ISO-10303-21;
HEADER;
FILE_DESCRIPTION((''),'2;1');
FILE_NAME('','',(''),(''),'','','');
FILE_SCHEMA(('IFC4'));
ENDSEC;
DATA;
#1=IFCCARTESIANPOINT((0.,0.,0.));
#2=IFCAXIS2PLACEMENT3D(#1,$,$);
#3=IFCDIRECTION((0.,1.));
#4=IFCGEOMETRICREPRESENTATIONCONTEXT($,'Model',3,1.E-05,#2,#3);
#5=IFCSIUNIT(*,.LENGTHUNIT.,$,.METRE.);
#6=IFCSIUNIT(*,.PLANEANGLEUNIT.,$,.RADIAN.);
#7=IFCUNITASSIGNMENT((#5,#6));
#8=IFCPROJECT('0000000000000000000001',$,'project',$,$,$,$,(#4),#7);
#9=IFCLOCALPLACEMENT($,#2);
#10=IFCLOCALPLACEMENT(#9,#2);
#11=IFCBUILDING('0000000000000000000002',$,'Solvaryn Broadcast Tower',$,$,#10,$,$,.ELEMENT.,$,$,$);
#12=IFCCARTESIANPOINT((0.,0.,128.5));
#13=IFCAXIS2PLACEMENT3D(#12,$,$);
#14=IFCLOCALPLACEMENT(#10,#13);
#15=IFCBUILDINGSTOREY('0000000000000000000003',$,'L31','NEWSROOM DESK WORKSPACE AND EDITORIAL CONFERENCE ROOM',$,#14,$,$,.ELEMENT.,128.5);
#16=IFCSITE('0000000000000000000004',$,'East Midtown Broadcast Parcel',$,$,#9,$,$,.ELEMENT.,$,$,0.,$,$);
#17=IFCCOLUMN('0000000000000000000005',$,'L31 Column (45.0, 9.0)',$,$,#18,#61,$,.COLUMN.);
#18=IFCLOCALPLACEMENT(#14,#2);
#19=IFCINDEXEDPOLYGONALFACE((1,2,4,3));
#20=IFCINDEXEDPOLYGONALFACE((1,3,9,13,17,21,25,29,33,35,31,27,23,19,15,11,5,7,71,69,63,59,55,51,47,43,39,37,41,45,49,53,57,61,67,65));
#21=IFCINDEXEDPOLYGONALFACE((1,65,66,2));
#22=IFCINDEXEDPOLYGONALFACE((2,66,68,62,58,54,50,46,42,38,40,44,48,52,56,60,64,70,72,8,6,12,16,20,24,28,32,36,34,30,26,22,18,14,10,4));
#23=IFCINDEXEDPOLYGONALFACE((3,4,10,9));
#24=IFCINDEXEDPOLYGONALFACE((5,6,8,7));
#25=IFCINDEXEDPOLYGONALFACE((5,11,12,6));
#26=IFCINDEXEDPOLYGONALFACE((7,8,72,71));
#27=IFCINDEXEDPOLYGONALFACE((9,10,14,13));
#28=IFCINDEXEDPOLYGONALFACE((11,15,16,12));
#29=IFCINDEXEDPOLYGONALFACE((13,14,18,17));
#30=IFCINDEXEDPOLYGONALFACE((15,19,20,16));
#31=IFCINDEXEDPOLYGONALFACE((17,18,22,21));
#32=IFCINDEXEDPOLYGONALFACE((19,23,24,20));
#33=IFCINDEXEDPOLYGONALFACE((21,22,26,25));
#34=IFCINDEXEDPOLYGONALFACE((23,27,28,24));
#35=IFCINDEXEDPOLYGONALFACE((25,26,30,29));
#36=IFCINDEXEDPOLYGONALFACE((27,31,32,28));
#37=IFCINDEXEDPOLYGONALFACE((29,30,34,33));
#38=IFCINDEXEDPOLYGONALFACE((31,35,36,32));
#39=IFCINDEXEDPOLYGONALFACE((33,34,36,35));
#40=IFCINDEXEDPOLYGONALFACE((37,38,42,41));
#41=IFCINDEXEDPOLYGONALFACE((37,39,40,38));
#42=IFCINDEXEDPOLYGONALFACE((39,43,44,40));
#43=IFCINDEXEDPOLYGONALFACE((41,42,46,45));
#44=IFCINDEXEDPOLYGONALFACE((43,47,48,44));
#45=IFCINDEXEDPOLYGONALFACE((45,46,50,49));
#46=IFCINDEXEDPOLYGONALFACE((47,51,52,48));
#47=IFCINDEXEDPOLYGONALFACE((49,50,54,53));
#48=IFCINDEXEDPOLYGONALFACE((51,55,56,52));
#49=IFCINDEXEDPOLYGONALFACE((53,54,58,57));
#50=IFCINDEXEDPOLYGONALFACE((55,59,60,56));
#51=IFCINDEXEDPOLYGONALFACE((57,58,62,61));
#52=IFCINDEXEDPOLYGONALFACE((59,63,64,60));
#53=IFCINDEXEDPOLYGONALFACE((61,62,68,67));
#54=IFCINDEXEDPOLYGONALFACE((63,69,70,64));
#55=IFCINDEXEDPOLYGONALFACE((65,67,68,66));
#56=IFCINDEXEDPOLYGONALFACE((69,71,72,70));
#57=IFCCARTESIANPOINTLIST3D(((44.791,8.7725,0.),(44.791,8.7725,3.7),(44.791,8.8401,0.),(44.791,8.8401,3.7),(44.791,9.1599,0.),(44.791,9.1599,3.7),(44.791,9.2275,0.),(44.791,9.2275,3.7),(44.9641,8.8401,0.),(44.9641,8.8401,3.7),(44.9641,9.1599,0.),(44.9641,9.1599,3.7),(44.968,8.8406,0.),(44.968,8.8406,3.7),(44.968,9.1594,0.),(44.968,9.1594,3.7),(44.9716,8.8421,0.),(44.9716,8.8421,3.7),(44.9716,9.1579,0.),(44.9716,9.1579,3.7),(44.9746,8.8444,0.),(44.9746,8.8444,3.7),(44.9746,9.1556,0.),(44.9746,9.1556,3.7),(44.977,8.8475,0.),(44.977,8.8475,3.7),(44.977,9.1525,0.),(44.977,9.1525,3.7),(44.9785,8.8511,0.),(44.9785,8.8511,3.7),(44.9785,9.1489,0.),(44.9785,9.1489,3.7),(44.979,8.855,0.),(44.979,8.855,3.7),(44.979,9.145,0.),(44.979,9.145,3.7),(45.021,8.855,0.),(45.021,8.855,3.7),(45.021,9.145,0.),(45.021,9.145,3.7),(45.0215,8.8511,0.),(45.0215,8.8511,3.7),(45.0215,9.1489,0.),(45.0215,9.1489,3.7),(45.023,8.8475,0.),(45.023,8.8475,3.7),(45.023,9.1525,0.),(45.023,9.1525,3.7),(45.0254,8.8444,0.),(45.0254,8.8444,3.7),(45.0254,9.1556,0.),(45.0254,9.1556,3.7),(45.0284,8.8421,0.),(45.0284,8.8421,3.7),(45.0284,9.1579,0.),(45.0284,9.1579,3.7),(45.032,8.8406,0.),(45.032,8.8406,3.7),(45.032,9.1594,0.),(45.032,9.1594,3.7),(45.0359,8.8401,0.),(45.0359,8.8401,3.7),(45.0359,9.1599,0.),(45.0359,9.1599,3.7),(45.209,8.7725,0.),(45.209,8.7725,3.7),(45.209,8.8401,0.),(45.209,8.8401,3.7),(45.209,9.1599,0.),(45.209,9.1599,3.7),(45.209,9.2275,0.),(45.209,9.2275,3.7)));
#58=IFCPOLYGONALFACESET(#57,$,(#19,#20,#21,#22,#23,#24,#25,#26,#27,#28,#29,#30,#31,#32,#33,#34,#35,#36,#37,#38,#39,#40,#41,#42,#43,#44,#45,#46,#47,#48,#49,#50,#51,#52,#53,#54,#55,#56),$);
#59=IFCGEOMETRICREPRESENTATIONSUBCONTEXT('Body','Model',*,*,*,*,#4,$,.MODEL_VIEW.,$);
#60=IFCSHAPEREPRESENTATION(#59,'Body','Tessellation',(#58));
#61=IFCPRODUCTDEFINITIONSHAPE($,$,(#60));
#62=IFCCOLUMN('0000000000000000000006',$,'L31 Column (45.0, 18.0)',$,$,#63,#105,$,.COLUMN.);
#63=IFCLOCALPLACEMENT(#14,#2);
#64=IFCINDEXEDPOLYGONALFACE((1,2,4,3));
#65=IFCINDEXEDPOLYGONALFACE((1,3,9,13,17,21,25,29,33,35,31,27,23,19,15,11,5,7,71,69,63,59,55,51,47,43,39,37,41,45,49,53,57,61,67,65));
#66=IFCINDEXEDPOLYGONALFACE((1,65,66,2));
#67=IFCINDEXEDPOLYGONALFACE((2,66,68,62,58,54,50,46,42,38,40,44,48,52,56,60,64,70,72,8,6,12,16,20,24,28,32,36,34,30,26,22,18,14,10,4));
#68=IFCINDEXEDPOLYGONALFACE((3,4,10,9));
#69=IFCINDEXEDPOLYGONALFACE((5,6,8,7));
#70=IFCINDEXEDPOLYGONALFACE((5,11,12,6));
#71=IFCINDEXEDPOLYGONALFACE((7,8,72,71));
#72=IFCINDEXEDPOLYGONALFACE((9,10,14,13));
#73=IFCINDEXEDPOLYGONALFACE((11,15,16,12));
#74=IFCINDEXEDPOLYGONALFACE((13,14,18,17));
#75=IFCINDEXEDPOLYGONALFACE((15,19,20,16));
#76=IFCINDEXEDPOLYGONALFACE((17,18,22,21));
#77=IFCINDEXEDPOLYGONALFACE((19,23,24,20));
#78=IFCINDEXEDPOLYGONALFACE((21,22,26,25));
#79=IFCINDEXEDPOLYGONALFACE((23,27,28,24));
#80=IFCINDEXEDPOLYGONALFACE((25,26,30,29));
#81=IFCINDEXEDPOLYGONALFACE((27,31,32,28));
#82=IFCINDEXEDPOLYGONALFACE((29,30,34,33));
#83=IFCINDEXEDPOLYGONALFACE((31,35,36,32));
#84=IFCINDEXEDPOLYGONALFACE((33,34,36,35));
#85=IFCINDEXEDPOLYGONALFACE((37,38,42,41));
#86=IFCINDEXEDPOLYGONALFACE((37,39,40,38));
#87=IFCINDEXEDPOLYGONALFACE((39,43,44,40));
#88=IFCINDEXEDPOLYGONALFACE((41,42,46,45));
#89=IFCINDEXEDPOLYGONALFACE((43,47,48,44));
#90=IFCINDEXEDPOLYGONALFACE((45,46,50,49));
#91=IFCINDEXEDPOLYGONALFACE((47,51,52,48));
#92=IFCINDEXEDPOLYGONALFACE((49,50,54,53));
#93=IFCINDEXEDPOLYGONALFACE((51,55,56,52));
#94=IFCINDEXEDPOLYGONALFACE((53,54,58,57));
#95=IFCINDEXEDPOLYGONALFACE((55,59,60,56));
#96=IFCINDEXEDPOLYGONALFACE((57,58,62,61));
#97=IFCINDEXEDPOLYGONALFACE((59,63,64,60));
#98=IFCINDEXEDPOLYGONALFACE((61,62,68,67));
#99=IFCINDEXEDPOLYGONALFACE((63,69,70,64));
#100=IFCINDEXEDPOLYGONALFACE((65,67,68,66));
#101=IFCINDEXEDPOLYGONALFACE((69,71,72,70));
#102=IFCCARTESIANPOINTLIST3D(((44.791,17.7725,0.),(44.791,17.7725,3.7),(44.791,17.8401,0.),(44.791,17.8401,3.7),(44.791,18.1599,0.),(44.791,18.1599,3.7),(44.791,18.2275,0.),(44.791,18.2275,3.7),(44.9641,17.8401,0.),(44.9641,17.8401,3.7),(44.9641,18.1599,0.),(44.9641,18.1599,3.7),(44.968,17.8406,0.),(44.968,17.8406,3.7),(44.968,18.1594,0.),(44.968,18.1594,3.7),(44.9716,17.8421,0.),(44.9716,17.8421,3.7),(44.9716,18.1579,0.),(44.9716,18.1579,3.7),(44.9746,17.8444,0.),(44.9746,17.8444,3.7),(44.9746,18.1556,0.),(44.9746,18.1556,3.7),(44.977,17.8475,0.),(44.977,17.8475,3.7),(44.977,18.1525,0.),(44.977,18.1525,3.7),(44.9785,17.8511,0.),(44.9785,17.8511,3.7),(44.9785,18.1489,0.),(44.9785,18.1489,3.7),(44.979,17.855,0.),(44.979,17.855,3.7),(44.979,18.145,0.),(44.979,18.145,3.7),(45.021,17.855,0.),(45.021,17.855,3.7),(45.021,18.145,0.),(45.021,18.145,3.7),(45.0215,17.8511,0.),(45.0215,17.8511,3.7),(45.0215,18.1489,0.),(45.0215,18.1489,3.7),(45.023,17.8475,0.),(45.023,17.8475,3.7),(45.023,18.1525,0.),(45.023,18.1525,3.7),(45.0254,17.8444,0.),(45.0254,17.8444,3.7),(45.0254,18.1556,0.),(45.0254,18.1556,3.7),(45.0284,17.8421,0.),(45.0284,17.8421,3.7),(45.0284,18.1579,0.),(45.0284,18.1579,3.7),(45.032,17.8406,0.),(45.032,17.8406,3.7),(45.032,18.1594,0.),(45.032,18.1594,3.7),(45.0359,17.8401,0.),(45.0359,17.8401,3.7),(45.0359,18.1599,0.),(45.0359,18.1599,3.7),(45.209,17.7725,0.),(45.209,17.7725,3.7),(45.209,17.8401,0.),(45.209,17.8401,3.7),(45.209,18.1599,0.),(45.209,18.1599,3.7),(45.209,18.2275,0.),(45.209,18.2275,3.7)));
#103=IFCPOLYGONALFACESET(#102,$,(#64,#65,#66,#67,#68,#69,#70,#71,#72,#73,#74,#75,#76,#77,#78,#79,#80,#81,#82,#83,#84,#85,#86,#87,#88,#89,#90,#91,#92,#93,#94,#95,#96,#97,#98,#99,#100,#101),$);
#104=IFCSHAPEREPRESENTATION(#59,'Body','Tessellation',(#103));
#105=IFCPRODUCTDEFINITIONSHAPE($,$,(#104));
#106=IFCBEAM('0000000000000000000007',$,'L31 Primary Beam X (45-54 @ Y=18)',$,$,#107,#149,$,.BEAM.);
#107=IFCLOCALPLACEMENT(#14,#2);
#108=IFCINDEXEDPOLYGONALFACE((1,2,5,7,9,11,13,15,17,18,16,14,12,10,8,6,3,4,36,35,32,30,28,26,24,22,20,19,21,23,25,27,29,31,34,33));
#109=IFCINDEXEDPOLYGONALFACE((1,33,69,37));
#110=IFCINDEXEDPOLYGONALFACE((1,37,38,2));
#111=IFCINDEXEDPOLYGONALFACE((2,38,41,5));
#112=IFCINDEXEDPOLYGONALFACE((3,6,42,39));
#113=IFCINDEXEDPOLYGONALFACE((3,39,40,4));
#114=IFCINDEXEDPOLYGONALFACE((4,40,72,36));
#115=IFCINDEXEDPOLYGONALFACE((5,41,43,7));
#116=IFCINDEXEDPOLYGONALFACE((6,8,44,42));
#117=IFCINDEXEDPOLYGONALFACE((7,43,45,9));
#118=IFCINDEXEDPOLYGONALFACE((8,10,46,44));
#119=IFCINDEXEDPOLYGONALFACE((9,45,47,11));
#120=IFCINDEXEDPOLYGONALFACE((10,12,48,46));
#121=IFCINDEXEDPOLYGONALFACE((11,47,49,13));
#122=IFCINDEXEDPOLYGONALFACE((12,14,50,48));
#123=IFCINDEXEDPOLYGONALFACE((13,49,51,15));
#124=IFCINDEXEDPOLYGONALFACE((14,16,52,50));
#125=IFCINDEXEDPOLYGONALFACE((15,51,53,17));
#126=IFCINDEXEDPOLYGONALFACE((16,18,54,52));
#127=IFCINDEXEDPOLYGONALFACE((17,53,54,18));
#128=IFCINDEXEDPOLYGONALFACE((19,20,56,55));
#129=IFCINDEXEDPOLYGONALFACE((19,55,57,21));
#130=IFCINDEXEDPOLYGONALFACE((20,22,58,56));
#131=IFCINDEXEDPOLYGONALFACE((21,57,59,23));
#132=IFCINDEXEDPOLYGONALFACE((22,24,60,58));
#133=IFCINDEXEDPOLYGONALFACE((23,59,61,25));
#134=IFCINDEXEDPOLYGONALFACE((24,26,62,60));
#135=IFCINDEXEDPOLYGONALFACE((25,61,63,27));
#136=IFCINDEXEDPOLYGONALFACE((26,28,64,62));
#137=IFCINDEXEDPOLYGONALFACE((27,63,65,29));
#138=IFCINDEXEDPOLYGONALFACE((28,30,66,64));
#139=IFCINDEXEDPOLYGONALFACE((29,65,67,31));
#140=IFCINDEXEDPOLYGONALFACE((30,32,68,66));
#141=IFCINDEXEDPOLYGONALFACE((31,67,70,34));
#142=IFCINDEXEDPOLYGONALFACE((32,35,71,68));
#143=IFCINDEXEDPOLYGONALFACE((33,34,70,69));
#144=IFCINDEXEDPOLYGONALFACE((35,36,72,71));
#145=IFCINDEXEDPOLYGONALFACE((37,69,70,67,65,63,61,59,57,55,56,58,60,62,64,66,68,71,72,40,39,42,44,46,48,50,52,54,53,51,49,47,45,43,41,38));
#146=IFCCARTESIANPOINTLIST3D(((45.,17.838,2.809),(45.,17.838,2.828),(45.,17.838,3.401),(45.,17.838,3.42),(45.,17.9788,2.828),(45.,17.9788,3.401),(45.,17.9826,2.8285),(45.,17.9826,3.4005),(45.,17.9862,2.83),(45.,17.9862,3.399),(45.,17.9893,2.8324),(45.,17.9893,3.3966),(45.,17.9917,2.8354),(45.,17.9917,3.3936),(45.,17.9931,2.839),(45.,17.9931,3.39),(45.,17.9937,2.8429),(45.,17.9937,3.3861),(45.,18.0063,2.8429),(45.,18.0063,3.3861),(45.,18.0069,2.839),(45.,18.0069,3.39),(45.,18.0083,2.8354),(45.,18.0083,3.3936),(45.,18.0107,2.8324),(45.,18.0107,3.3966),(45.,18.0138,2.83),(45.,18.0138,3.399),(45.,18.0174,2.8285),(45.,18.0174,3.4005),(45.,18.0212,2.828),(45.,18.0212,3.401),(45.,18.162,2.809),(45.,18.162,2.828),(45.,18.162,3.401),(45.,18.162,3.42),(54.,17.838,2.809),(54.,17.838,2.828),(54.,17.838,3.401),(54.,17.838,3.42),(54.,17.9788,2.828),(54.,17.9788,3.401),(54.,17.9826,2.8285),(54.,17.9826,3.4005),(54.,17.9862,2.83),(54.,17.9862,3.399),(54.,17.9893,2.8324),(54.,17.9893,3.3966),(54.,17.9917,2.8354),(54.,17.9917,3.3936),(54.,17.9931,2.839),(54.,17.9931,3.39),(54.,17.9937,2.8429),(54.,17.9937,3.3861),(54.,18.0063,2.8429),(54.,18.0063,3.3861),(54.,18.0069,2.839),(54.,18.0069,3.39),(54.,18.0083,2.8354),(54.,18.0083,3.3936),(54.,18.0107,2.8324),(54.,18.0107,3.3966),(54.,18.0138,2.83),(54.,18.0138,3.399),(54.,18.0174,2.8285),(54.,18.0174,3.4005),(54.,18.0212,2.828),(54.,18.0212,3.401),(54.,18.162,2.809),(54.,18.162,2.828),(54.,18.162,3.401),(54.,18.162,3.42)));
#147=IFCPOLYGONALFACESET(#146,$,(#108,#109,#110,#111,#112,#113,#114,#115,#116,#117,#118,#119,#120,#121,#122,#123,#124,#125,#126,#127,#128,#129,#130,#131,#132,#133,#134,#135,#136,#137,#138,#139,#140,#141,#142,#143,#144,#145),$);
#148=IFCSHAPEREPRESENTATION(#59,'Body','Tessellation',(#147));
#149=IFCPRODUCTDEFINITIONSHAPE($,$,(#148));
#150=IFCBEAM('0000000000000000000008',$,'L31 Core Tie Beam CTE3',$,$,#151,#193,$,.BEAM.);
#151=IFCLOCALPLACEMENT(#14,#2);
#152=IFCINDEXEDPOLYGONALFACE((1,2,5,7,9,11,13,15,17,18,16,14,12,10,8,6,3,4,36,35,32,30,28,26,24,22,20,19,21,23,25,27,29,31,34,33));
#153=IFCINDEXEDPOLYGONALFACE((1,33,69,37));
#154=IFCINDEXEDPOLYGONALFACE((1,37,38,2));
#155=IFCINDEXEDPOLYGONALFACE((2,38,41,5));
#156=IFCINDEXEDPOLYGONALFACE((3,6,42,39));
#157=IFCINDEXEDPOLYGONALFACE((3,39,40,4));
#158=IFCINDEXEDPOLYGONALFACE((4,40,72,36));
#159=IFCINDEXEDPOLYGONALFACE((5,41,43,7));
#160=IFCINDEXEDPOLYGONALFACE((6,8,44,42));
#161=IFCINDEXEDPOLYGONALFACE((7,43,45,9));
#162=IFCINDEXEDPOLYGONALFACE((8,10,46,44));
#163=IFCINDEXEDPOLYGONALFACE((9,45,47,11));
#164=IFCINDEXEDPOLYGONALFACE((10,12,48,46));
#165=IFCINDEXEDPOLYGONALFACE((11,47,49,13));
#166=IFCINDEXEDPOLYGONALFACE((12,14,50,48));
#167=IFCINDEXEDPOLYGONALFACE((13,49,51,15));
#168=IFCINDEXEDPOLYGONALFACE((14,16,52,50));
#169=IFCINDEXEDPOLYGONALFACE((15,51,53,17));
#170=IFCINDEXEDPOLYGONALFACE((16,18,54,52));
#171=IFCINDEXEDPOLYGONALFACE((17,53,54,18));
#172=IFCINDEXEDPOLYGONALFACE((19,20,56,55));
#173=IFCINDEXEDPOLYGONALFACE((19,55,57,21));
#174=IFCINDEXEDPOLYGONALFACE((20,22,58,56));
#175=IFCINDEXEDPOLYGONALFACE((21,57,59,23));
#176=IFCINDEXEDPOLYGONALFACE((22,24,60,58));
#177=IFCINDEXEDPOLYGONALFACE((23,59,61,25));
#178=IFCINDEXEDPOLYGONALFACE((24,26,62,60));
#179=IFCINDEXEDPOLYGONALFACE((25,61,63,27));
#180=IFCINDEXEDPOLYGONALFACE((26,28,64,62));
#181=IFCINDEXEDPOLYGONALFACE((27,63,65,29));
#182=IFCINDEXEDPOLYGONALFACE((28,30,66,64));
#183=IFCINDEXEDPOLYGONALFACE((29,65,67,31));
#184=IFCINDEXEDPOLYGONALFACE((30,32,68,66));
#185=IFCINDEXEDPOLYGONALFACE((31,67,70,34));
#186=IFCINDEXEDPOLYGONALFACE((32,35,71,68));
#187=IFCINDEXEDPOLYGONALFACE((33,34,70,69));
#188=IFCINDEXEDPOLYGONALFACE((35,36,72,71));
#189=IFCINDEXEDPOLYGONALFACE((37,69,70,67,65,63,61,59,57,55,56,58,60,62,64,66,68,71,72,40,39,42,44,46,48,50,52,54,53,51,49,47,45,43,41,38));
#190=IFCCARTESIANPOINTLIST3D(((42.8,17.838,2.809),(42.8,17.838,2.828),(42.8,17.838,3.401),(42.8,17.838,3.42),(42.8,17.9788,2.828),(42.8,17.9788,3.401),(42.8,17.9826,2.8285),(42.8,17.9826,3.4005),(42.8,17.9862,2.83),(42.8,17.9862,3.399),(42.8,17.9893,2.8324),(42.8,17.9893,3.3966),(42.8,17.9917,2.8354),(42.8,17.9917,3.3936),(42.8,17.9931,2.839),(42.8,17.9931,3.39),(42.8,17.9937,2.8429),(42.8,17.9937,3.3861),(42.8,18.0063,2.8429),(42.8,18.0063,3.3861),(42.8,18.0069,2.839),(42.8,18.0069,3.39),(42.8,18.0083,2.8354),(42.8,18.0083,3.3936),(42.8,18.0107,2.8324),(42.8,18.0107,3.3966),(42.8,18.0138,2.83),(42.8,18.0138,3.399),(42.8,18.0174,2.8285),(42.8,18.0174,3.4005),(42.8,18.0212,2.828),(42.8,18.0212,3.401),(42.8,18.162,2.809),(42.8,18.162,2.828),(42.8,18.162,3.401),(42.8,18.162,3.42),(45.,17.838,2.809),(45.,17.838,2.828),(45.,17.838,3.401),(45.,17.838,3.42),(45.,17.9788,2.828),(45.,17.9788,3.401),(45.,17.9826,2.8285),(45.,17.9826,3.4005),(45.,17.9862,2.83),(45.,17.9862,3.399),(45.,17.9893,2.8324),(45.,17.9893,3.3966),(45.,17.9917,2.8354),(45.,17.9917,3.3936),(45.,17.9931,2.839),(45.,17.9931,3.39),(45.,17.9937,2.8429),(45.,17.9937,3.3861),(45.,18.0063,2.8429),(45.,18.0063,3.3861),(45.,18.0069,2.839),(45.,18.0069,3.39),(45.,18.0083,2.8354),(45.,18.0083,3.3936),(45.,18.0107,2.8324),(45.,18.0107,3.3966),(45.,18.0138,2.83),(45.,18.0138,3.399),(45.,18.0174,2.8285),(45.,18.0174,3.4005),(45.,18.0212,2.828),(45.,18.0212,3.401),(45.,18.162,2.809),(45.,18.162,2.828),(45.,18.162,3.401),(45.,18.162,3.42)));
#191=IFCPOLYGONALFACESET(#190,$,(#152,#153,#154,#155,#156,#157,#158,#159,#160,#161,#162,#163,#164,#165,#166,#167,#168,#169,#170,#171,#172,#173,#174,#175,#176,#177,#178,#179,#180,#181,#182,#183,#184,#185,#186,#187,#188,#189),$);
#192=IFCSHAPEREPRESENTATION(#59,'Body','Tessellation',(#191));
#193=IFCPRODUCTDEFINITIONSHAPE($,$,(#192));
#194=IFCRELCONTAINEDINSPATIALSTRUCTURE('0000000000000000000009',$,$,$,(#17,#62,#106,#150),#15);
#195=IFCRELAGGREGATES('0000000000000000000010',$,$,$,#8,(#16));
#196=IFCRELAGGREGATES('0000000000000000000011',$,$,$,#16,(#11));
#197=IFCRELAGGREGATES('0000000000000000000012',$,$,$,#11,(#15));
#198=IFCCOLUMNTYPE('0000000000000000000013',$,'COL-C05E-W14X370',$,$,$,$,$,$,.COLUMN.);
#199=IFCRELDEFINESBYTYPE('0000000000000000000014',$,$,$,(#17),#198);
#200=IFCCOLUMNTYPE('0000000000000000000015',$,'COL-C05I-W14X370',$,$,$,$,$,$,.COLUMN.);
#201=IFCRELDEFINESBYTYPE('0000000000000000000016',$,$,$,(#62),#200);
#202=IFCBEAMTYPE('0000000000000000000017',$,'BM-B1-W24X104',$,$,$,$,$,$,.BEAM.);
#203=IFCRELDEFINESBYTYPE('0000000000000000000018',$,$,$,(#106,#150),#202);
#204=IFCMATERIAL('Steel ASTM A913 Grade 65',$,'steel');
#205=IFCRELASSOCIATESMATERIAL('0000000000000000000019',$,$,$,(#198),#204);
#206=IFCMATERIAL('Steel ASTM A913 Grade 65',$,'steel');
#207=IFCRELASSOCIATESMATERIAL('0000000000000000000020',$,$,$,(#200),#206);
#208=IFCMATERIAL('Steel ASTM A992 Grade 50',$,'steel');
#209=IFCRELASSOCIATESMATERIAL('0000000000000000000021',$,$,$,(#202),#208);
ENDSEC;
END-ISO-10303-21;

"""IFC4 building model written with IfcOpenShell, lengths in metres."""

from ifc_helpers import new_model, si_unit, direction, frame, origin, origin_2d, place, context, subcontext, project, spatial, i_section, extrude, material, material_profile, profile_set, type_object, element, save


model = new_model("IFC4")

# Units and contexts
model_context = context("Model", 3, precision=1e-05, world=origin(), true_north=direction((0.0, 1.0)))
body_context = subcontext(model_context, "Body", "Model", "MODEL_VIEW")
ifc_project = project(units=[si_unit("LENGTHUNIT", "METRE"), si_unit("PLANEANGLEUNIT", "RADIAN")], contexts=[model_context])

# Site, building, storey
site_placement = place(None, origin())
site = spatial("IfcSite", under=ifc_project, at=site_placement, Name="East Midtown Broadcast Parcel", CompositionType="ELEMENT", RefElevation=0.0)
building_placement = place(site_placement, origin())
building = spatial("IfcBuilding", under=site, at=building_placement, Name="Solvaryn Broadcast Tower", CompositionType="ELEMENT")
storey_placement = place(building_placement, frame((0.0, 0.0, 128.5)))
storey = spatial("IfcBuildingStorey", under=building, at=storey_placement, Name="L31", Description="NEWSROOM DESK WORKSPACE AND EDITORIAL CONFERENCE ROOM", CompositionType="ELEMENT", Elevation=128.5)

# Columns
ifc_material_1 = material(Name="Steel ASTM A913 Grade 65", Category="steel")
ifc_material_profile_1 = material_profile(ifc_material_1, i_section(OverallWidth=0.418, OverallDepth=0.4551, WebThickness=0.042, FlangeThickness=0.0676, FilletRadius=0.0149, at=origin_2d()))
ifc_profile_set_1 = profile_set([ifc_material_profile_1], Name="Steel ASTM A913 Grade 65")
column_type_1 = type_object("IfcColumnType", Name="COL-C05E-W14X370", PredefinedType="COLUMN", material=ifc_profile_set_1)
column_1_placement = place(storey_placement, frame((45.0, 9.0, 0.0), z_axis=(0.0, 0.0, 1.0), x_axis=(1.0, 0.0, 0.0)))
element("IfcColumn", 1, at=column_1_placement, inside=storey, type_object=column_type_1, Name="L31 Column (45.0, 9.0)", PredefinedType="COLUMN", context=body_context, shape_type="SweptSolid", body=[
    extrude(i_section(OverallWidth=0.418, OverallDepth=0.4551, WebThickness=0.042, FlangeThickness=0.0676, FilletRadius=0.0149, at=origin_2d()), origin(), (0.0, 0.0, 1.0), 3.7),
])
ifc_material_2 = material(Name="Steel ASTM A913 Grade 65", Category="steel")
ifc_material_profile_2 = material_profile(ifc_material_2, i_section(OverallWidth=0.418, OverallDepth=0.4551, WebThickness=0.042, FlangeThickness=0.0676, FilletRadius=0.0149, at=origin_2d()))
ifc_profile_set_2 = profile_set([ifc_material_profile_2], Name="Steel ASTM A913 Grade 65")
column_type_2 = type_object("IfcColumnType", Name="COL-C05I-W14X370", PredefinedType="COLUMN", material=ifc_profile_set_2)
column_2_placement = place(storey_placement, frame((45.0, 18.0, 0.0), z_axis=(0.0, 0.0, 1.0), x_axis=(1.0, 0.0, 0.0)))
element("IfcColumn", 2, at=column_2_placement, inside=storey, type_object=column_type_2, Name="L31 Column (45.0, 18.0)", PredefinedType="COLUMN", context=body_context, shape_type="SweptSolid", body=[
    extrude(i_section(OverallWidth=0.418, OverallDepth=0.4551, WebThickness=0.042, FlangeThickness=0.0676, FilletRadius=0.0149, at=origin_2d()), origin(), (0.0, 0.0, 1.0), 3.7),
])

# Beams
ifc_material_3 = material(Name="Steel ASTM A992 Grade 50", Category="steel")
ifc_material_profile_3 = material_profile(ifc_material_3, i_section(OverallWidth=0.324, OverallDepth=0.6111, WebThickness=0.0127, FlangeThickness=0.019, FilletRadius=0.0149, at=origin_2d()))
ifc_profile_set_3 = profile_set([ifc_material_profile_3], Name="Steel ASTM A992 Grade 50")
beam_type = type_object("IfcBeamType", Name="BM-B1-W24X104", PredefinedType="BEAM", material=ifc_profile_set_3)
beam_1_placement = place(storey_placement, frame((45.0, 18.0, 3.1145), z_axis=(1.0, 0.0, 0.0), x_axis=(0.0, 1.0, 0.0)))
element("IfcBeam", 3, at=beam_1_placement, inside=storey, type_object=beam_type, Name="L31 Primary Beam X (45-54 @ Y=18)", PredefinedType="BEAM", context=body_context, shape_type="SweptSolid", body=[
    extrude(i_section(OverallWidth=0.324, OverallDepth=0.6111, WebThickness=0.0127, FlangeThickness=0.019, FilletRadius=0.0149, at=origin_2d()), origin(), (0.0, 0.0, 1.0), 9.0),
])
beam_2_placement = place(storey_placement, frame((42.8, 18.0, 3.1145), z_axis=(1.0, 0.0, 0.0), x_axis=(0.0, 1.0, 0.0)))
element("IfcBeam", 4, at=beam_2_placement, inside=storey, type_object=beam_type, Name="L31 Core Tie Beam CTE3", PredefinedType="BEAM", context=body_context, shape_type="SweptSolid", body=[
    extrude(i_section(OverallWidth=0.324, OverallDepth=0.6111, WebThickness=0.0127, FlangeThickness=0.019, FilletRadius=0.0149, at=origin_2d()), origin(), (0.0, 0.0, 1.0), 2.2),
])

save(model, "model.ifc")
